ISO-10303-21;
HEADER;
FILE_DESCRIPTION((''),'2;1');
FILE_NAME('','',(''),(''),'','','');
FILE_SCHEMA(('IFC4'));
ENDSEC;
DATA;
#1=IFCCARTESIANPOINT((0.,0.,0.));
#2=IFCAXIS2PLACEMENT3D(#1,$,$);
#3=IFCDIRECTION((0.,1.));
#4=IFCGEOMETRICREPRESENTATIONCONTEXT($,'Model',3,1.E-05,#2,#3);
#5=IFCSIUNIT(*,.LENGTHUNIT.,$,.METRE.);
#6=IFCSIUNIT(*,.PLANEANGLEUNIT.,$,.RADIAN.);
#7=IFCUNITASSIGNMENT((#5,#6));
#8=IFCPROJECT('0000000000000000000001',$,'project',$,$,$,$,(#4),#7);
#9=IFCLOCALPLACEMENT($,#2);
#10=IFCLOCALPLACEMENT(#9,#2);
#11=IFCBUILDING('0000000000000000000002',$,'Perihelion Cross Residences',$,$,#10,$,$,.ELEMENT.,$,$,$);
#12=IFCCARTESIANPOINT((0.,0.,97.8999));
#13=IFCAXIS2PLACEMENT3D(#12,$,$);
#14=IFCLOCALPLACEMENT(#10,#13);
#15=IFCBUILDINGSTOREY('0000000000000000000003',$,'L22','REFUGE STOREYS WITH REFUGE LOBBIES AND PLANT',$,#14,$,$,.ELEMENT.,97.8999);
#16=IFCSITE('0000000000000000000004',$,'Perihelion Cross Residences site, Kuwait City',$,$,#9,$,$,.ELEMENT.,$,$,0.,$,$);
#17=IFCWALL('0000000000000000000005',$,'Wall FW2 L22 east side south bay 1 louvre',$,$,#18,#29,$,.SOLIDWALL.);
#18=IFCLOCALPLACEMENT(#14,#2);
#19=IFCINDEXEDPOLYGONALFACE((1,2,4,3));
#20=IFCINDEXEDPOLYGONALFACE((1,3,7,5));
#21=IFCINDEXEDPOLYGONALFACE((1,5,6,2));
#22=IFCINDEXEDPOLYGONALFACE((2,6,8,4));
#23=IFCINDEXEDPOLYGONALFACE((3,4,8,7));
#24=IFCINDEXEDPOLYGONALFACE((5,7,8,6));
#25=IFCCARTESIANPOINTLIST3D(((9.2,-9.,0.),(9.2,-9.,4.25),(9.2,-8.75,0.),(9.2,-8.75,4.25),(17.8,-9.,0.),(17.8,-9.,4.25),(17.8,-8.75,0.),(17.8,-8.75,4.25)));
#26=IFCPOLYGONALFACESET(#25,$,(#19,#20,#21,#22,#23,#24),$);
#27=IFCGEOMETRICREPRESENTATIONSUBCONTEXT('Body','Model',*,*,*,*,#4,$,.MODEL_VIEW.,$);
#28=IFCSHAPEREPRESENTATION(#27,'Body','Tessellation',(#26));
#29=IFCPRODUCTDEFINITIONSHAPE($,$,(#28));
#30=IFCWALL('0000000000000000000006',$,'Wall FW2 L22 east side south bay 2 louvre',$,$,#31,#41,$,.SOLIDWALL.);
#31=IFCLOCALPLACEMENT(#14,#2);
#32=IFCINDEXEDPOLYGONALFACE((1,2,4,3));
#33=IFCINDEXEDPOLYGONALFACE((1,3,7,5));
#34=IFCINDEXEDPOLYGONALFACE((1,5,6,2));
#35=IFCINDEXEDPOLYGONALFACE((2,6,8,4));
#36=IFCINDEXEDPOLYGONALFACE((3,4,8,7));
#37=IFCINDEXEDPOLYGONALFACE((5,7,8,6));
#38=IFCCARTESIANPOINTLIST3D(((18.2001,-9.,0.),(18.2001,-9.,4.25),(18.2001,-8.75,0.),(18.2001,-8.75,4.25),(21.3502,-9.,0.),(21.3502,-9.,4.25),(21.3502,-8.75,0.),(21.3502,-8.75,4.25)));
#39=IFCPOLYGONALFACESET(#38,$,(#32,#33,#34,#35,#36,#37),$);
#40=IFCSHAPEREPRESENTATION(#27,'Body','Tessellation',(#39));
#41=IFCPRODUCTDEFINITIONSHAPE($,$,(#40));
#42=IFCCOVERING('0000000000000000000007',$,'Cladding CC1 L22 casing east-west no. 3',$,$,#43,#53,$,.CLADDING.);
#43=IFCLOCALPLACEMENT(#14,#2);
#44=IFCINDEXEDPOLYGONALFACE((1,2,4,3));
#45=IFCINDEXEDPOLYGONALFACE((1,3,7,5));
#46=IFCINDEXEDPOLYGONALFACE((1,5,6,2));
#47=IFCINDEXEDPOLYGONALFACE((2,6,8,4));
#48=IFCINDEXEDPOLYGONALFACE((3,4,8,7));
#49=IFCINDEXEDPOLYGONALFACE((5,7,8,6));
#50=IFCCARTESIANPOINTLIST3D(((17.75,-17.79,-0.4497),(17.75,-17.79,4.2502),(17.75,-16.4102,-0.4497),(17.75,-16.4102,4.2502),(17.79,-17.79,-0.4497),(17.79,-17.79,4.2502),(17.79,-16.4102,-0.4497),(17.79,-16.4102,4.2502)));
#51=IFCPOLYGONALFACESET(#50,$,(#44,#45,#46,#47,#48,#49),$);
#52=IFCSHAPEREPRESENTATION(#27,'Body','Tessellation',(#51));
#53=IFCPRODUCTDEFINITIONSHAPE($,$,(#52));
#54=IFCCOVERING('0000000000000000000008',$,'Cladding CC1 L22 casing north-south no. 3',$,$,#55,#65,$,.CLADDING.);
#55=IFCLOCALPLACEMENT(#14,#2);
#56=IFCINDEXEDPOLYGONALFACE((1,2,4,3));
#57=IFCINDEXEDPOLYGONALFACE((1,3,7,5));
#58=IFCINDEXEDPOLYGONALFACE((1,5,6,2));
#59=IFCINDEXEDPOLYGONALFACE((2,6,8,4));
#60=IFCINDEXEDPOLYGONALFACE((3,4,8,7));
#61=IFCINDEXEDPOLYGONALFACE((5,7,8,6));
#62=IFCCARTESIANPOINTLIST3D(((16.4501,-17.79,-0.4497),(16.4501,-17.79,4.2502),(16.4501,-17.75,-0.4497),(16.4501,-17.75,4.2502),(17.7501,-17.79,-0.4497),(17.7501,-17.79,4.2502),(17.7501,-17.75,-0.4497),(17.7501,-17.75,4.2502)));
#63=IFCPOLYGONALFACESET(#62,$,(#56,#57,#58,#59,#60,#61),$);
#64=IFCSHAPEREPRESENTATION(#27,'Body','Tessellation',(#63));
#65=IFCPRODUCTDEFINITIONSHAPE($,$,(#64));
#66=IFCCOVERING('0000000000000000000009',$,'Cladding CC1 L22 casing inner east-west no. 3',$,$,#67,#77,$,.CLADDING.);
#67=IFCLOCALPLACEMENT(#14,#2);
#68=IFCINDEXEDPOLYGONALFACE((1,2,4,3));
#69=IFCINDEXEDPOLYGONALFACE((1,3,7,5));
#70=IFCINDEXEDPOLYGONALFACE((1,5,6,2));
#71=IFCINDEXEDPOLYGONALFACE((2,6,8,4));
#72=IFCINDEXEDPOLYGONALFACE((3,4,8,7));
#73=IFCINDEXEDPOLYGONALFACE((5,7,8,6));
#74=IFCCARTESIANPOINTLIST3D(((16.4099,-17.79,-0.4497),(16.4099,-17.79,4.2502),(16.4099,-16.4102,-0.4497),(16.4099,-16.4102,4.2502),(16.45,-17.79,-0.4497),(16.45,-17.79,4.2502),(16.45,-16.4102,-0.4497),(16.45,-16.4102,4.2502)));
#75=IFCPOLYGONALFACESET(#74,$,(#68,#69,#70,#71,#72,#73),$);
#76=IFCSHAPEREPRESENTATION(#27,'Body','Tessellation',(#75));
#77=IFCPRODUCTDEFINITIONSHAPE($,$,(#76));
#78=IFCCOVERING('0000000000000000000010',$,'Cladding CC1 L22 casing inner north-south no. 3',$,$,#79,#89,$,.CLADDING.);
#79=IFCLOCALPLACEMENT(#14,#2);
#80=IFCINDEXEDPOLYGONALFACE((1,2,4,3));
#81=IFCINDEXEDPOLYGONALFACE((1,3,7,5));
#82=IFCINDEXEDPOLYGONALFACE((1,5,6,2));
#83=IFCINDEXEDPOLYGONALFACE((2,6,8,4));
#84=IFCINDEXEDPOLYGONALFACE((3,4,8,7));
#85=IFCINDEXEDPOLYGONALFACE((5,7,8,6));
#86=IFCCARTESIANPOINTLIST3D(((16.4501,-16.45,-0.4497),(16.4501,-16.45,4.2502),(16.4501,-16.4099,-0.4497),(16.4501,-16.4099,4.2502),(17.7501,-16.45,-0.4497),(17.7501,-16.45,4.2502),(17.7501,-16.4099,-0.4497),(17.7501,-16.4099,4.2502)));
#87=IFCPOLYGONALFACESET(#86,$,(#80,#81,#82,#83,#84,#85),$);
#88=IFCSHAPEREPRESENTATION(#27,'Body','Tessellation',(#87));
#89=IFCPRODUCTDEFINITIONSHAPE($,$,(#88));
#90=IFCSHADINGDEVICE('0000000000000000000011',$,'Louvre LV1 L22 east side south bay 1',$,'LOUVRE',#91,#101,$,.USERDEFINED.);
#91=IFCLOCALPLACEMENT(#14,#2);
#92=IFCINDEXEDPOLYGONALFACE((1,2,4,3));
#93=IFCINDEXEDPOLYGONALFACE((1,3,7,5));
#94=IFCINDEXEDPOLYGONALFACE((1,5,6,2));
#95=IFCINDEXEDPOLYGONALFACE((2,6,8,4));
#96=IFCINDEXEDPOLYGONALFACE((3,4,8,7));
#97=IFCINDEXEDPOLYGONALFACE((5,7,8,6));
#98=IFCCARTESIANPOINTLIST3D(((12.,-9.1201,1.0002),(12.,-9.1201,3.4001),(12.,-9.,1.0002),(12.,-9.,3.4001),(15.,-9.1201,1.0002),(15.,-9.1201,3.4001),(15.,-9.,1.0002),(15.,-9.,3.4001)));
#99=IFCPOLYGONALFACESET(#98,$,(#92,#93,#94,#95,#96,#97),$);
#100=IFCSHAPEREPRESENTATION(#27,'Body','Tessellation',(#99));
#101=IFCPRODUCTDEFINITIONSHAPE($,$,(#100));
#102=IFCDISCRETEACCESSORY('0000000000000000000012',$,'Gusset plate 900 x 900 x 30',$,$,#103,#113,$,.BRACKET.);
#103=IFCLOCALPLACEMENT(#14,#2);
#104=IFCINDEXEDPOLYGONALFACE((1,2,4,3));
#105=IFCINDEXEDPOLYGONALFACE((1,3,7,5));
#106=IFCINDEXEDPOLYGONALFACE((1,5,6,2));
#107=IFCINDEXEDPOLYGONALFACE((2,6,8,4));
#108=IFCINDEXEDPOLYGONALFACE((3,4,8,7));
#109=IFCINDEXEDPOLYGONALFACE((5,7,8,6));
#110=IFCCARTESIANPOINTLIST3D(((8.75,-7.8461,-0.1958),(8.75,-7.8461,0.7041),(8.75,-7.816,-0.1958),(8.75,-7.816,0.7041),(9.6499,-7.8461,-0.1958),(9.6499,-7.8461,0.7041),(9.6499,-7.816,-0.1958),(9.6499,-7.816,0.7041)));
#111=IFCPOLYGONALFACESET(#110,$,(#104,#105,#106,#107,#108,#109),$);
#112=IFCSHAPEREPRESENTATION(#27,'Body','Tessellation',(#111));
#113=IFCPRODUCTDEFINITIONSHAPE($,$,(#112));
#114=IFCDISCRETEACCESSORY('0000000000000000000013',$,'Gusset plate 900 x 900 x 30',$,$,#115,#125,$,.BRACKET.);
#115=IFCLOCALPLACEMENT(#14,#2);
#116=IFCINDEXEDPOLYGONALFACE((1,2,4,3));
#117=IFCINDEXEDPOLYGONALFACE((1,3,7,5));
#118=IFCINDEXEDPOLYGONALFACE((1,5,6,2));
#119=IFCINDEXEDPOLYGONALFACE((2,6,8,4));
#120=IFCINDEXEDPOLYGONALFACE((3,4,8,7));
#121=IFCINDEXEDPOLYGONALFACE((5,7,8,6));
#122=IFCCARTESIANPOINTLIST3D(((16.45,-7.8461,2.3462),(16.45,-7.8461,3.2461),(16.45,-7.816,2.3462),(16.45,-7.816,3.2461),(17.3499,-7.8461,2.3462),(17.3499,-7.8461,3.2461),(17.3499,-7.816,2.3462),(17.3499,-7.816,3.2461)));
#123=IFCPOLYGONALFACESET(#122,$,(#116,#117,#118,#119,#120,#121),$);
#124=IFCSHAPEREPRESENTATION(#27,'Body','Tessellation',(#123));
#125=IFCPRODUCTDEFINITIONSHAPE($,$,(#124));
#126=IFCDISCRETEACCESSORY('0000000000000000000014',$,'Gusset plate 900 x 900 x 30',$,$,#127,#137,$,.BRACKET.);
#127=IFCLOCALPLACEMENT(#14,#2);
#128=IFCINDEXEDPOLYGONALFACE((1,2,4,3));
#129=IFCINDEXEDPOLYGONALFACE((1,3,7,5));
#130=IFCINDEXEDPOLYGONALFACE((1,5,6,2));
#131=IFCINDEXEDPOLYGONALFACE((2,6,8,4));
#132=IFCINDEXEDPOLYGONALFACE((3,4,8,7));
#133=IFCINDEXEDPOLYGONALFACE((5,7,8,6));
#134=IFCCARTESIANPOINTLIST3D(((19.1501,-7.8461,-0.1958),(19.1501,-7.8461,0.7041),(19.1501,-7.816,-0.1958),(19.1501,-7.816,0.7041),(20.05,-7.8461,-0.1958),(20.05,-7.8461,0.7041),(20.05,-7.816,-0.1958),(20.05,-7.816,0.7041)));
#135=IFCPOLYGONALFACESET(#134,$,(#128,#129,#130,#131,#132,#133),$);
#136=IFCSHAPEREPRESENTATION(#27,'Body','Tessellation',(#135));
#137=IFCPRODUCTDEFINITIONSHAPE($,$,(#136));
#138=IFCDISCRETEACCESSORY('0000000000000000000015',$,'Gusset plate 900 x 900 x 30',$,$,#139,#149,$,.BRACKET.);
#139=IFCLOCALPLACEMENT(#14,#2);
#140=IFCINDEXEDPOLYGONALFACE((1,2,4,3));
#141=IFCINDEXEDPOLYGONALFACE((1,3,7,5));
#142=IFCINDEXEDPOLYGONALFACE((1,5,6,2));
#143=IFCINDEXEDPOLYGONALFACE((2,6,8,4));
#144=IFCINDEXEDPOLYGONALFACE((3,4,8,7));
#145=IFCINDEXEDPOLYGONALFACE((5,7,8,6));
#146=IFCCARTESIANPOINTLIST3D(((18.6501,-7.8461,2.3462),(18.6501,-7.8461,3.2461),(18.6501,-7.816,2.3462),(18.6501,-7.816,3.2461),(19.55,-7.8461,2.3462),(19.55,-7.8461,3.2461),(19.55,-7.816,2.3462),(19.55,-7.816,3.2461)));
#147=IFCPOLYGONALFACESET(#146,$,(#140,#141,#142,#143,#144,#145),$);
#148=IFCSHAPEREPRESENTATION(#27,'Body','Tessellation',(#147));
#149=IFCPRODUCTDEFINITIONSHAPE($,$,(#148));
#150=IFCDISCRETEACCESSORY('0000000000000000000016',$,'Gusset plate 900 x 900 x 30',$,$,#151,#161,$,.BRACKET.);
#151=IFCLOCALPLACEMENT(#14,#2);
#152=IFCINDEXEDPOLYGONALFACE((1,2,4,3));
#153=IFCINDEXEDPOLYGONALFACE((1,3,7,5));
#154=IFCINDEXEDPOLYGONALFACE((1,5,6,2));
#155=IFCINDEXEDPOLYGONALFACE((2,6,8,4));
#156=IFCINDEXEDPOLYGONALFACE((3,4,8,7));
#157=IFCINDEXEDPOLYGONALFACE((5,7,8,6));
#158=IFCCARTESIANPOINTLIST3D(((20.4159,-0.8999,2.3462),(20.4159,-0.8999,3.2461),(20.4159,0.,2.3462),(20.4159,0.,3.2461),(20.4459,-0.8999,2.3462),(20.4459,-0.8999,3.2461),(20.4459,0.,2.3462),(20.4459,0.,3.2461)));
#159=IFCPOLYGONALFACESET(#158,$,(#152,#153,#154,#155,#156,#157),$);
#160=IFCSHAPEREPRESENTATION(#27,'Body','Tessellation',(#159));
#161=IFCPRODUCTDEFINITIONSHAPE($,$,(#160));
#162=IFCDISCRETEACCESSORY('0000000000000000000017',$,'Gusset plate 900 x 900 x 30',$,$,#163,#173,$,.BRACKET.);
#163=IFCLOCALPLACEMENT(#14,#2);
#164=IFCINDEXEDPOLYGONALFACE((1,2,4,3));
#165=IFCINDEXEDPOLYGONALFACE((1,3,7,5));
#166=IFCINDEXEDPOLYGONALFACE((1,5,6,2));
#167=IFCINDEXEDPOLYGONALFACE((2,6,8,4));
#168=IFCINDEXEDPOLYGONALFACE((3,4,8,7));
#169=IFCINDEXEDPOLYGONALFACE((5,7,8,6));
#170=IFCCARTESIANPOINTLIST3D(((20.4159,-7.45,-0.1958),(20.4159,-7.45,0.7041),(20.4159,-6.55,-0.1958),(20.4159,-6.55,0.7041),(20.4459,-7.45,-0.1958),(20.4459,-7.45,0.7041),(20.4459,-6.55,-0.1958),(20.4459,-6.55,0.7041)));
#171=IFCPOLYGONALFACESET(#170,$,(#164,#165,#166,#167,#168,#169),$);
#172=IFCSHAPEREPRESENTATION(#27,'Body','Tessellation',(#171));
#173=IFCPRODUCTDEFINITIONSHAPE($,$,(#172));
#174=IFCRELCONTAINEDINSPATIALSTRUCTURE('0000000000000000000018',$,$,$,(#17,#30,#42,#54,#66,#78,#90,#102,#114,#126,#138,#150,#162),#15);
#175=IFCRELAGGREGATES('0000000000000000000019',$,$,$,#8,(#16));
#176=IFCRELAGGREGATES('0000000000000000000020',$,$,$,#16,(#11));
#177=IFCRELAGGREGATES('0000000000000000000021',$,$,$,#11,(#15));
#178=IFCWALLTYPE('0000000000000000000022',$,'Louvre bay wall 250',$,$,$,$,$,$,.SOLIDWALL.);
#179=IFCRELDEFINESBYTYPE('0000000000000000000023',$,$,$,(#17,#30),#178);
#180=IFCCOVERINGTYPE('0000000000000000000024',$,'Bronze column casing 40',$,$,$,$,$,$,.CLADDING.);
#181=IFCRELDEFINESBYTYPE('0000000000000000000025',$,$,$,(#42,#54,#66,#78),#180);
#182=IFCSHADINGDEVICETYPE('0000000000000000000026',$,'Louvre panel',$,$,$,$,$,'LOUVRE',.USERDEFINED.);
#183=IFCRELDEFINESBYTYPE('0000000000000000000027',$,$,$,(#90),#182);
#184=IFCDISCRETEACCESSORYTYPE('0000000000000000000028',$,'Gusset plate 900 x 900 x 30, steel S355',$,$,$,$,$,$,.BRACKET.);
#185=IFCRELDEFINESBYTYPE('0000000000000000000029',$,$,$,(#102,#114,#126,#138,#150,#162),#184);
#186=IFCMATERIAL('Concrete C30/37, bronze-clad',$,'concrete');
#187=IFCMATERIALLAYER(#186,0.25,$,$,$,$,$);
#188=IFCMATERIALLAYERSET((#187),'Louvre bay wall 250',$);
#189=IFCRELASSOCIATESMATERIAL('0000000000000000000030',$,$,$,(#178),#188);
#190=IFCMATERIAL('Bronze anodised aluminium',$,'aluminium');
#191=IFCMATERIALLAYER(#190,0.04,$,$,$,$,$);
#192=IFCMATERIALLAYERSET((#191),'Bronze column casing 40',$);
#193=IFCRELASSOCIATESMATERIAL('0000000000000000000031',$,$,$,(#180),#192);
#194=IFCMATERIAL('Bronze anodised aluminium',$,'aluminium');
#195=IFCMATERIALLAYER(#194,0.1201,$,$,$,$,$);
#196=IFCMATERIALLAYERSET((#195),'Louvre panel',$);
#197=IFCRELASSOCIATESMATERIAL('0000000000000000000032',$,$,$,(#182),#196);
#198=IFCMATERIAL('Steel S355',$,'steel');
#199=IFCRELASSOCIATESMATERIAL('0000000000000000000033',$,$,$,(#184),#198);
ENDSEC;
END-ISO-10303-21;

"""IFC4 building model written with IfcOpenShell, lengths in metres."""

from ifc_helpers import new_model, si_unit, direction, frame, frame_2d, origin, origin_2d, place, context, subcontext, project, spatial, rectangle, extrude, material, layer, layer_set, type_object, element, save


model = new_model("IFC4")

# Units and contexts
model_context = context("Model", 3, precision=1e-05, world=origin(), true_north=direction((0.0, 1.0)))
body_context = subcontext(model_context, "Body", "Model", "MODEL_VIEW")
ifc_project = project(units=[si_unit("LENGTHUNIT", "METRE"), si_unit("PLANEANGLEUNIT", "RADIAN")], contexts=[model_context])

# Site, building, storey
site_placement = place(None, origin())
site = spatial("IfcSite", under=ifc_project, at=site_placement, Name="Perihelion Cross Residences site, Kuwait City", CompositionType="ELEMENT", RefElevation=0.0)
building_placement = place(site_placement, origin())
building = spatial("IfcBuilding", under=site, at=building_placement, Name="Perihelion Cross Residences", CompositionType="ELEMENT")
storey_placement = place(building_placement, frame((0.0, 0.0, 97.8999)))
storey = spatial("IfcBuildingStorey", under=building, at=storey_placement, Name="L22", Description="REFUGE STOREYS WITH REFUGE LOBBIES AND PLANT", CompositionType="ELEMENT", Elevation=97.8999)

# Walls
ifc_material_1 = material(Name="Concrete C30/37, bronze-clad", Category="concrete")
ifc_layer_1 = layer(ifc_material_1, 0.25)
ifc_layer_set_1 = layer_set([ifc_layer_1], Name="Louvre bay wall 250")
wall_type_1 = type_object("IfcWallType", Name="Louvre bay wall 250", PredefinedType="SOLIDWALL", material=ifc_layer_set_1)
wall_1_placement = place(storey_placement, frame((9.2, -8.875, 0.0), z_axis=(0.0, 0.0, 1.0), x_axis=(1.0, 0.0, 0.0)))
element("IfcWall", 1, at=wall_1_placement, inside=storey, type_object=wall_type_1, Name="Wall FW2 L22 east side south bay 1 louvre", PredefinedType="SOLIDWALL", context=body_context, shape_type="SweptSolid", body=[
    extrude(rectangle(XDim=8.6001, YDim=0.25, at=frame_2d((4.3, 0.0))), origin(), (0.0, 0.0, 1.0), 4.25),
])
wall_2_placement = place(storey_placement, frame((18.2, -8.875, 0.0), z_axis=(0.0, 0.0, 1.0), x_axis=(1.0, 0.0, 0.0)))
element("IfcWall", 2, at=wall_2_placement, inside=storey, type_object=wall_type_1, Name="Wall FW2 L22 east side south bay 2 louvre", PredefinedType="SOLIDWALL", context=body_context, shape_type="SweptSolid", body=[
    extrude(rectangle(XDim=3.1501, YDim=0.25, at=frame_2d((1.5752, 0.0))), origin(), (0.0, 0.0, 1.0), 4.25),
])

# Coverings
ifc_material_2 = material(Name="Bronze anodised aluminium", Category="aluminium")
ifc_layer_2 = layer(ifc_material_2, 0.04)
ifc_layer_set_2 = layer_set([ifc_layer_2], Name="Bronze column casing 40")
covering_type = type_object("IfcCoveringType", Name="Bronze column casing 40", PredefinedType="CLADDING", material=ifc_layer_set_2)
covering_1_placement = place(storey_placement, frame((17.77, -17.1001, -0.4497), z_axis=(0.0, 0.0, 1.0), x_axis=(1.0, 0.0, 0.0)))
element("IfcCovering", 3, at=covering_1_placement, inside=storey, type_object=covering_type, Name="Cladding CC1 L22 casing east-west no. 3", PredefinedType="CLADDING", context=body_context, shape_type="SweptSolid", body=[
    extrude(rectangle(XDim=0.04, YDim=1.3799, at=origin_2d()), origin(), (0.0, 0.0, 1.0), 4.7),
])
covering_2_placement = place(storey_placement, frame((17.1001, -17.77, -0.4497), z_axis=(0.0, 0.0, 1.0), x_axis=(1.0, 0.0, 0.0)))
element("IfcCovering", 4, at=covering_2_placement, inside=storey, type_object=covering_type, Name="Cladding CC1 L22 casing north-south no. 3", PredefinedType="CLADDING", context=body_context, shape_type="SweptSolid", body=[
    extrude(rectangle(XDim=1.3, YDim=0.04, at=origin_2d()), origin(), (0.0, 0.0, 1.0), 4.7),
])
covering_3_placement = place(storey_placement, frame((16.4299, -17.1001, -0.4497), z_axis=(0.0, 0.0, 1.0), x_axis=(1.0, 0.0, 0.0)))
element("IfcCovering", 5, at=covering_3_placement, inside=storey, type_object=covering_type, Name="Cladding CC1 L22 casing inner east-west no. 3", PredefinedType="CLADDING", context=body_context, shape_type="SweptSolid", body=[
    extrude(rectangle(XDim=0.04, YDim=1.3799, at=origin_2d()), origin(), (0.0, 0.0, 1.0), 4.7),
])
covering_4_placement = place(storey_placement, frame((17.1001, -16.4299, -0.4497), z_axis=(0.0, 0.0, 1.0), x_axis=(1.0, 0.0, 0.0)))
element("IfcCovering", 6, at=covering_4_placement, inside=storey, type_object=covering_type, Name="Cladding CC1 L22 casing inner north-south no. 3", PredefinedType="CLADDING", context=body_context, shape_type="SweptSolid", body=[
    extrude(rectangle(XDim=1.3, YDim=0.04, at=origin_2d()), origin(), (0.0, 0.0, 1.0), 4.7),
])

# Shading device
ifc_material_3 = material(Name="Bronze anodised aluminium", Category="aluminium")
ifc_layer_3 = layer(ifc_material_3, 0.1201)
ifc_layer_set_3 = layer_set([ifc_layer_3], Name="Louvre panel")
shading_device_type = type_object("IfcShadingDeviceType", Name="Louvre panel", ElementType="LOUVRE", PredefinedType="USERDEFINED", material=ifc_layer_set_3)
shading_device_placement = place(storey_placement, frame((13.5, -9.0601, 1.0002), z_axis=(0.0, 0.0, 1.0), x_axis=(1.0, 0.0, 0.0)))
element("IfcShadingDevice", 7, at=shading_device_placement, inside=storey, type_object=shading_device_type, Name="Louvre LV1 L22 east side south bay 1", ObjectType="LOUVRE", PredefinedType="USERDEFINED", context=body_context, shape_type="SweptSolid", body=[
    extrude(rectangle(XDim=3.0, YDim=0.1201, at=origin_2d()), origin(), (0.0, 0.0, 1.0), 2.3999),
])

# Discrete accessories
ifc_material_4 = material(Name="Steel S355", Category="steel")
discrete_accessory_type = type_object("IfcDiscreteAccessoryType", Name="Gusset plate 900 x 900 x 30, steel S355", PredefinedType="BRACKET", material=ifc_material_4)
for number, where, z_axis, x_axis, name in (
    (8, (9.2, -7.8311, -0.1958), (0.0, 0.0, 1.0), (1.0, 0.0, 0.0), "Gusset plate 900 x 900 x 30"),
    (9, (16.8999, -7.8311, 2.3462), (0.0, 0.0, 1.0), (-1.0, 0.0, 0.0), "Gusset plate 900 x 900 x 30"),
    (10, (19.6001, -7.8311, -0.1958), (0.0, 0.0, 1.0), (-1.0, 0.0, 0.0), "Gusset plate 900 x 900 x 30"),
    (11, (19.1001, -7.8311, 2.3462), (0.0, 0.0, 1.0), (1.0, 0.0, 0.0), "Gusset plate 900 x 900 x 30"),
    (12, (20.4309, -0.45, 2.3462), (0.0, 0.0, 1.0), (0.0, -1.0, 0.0), "Gusset plate 900 x 900 x 30"),
    (13, (20.4309, -7.0, -0.1958), (0.0, 0.0, 1.0), (0.0, 1.0, 0.0), "Gusset plate 900 x 900 x 30"),
):
    element("IfcDiscreteAccessory", number, at=place(storey_placement, frame(where, z_axis=z_axis, x_axis=x_axis)), inside=storey, type_object=discrete_accessory_type, Name=name, PredefinedType="BRACKET", context=body_context, shape_type="SweptSolid", body=[
        extrude(rectangle(XDim=0.8999, YDim=0.03, at=origin_2d()), origin(), (0.0, 0.0, 1.0), 0.8999),
    ])

save(model, "model.ifc")
